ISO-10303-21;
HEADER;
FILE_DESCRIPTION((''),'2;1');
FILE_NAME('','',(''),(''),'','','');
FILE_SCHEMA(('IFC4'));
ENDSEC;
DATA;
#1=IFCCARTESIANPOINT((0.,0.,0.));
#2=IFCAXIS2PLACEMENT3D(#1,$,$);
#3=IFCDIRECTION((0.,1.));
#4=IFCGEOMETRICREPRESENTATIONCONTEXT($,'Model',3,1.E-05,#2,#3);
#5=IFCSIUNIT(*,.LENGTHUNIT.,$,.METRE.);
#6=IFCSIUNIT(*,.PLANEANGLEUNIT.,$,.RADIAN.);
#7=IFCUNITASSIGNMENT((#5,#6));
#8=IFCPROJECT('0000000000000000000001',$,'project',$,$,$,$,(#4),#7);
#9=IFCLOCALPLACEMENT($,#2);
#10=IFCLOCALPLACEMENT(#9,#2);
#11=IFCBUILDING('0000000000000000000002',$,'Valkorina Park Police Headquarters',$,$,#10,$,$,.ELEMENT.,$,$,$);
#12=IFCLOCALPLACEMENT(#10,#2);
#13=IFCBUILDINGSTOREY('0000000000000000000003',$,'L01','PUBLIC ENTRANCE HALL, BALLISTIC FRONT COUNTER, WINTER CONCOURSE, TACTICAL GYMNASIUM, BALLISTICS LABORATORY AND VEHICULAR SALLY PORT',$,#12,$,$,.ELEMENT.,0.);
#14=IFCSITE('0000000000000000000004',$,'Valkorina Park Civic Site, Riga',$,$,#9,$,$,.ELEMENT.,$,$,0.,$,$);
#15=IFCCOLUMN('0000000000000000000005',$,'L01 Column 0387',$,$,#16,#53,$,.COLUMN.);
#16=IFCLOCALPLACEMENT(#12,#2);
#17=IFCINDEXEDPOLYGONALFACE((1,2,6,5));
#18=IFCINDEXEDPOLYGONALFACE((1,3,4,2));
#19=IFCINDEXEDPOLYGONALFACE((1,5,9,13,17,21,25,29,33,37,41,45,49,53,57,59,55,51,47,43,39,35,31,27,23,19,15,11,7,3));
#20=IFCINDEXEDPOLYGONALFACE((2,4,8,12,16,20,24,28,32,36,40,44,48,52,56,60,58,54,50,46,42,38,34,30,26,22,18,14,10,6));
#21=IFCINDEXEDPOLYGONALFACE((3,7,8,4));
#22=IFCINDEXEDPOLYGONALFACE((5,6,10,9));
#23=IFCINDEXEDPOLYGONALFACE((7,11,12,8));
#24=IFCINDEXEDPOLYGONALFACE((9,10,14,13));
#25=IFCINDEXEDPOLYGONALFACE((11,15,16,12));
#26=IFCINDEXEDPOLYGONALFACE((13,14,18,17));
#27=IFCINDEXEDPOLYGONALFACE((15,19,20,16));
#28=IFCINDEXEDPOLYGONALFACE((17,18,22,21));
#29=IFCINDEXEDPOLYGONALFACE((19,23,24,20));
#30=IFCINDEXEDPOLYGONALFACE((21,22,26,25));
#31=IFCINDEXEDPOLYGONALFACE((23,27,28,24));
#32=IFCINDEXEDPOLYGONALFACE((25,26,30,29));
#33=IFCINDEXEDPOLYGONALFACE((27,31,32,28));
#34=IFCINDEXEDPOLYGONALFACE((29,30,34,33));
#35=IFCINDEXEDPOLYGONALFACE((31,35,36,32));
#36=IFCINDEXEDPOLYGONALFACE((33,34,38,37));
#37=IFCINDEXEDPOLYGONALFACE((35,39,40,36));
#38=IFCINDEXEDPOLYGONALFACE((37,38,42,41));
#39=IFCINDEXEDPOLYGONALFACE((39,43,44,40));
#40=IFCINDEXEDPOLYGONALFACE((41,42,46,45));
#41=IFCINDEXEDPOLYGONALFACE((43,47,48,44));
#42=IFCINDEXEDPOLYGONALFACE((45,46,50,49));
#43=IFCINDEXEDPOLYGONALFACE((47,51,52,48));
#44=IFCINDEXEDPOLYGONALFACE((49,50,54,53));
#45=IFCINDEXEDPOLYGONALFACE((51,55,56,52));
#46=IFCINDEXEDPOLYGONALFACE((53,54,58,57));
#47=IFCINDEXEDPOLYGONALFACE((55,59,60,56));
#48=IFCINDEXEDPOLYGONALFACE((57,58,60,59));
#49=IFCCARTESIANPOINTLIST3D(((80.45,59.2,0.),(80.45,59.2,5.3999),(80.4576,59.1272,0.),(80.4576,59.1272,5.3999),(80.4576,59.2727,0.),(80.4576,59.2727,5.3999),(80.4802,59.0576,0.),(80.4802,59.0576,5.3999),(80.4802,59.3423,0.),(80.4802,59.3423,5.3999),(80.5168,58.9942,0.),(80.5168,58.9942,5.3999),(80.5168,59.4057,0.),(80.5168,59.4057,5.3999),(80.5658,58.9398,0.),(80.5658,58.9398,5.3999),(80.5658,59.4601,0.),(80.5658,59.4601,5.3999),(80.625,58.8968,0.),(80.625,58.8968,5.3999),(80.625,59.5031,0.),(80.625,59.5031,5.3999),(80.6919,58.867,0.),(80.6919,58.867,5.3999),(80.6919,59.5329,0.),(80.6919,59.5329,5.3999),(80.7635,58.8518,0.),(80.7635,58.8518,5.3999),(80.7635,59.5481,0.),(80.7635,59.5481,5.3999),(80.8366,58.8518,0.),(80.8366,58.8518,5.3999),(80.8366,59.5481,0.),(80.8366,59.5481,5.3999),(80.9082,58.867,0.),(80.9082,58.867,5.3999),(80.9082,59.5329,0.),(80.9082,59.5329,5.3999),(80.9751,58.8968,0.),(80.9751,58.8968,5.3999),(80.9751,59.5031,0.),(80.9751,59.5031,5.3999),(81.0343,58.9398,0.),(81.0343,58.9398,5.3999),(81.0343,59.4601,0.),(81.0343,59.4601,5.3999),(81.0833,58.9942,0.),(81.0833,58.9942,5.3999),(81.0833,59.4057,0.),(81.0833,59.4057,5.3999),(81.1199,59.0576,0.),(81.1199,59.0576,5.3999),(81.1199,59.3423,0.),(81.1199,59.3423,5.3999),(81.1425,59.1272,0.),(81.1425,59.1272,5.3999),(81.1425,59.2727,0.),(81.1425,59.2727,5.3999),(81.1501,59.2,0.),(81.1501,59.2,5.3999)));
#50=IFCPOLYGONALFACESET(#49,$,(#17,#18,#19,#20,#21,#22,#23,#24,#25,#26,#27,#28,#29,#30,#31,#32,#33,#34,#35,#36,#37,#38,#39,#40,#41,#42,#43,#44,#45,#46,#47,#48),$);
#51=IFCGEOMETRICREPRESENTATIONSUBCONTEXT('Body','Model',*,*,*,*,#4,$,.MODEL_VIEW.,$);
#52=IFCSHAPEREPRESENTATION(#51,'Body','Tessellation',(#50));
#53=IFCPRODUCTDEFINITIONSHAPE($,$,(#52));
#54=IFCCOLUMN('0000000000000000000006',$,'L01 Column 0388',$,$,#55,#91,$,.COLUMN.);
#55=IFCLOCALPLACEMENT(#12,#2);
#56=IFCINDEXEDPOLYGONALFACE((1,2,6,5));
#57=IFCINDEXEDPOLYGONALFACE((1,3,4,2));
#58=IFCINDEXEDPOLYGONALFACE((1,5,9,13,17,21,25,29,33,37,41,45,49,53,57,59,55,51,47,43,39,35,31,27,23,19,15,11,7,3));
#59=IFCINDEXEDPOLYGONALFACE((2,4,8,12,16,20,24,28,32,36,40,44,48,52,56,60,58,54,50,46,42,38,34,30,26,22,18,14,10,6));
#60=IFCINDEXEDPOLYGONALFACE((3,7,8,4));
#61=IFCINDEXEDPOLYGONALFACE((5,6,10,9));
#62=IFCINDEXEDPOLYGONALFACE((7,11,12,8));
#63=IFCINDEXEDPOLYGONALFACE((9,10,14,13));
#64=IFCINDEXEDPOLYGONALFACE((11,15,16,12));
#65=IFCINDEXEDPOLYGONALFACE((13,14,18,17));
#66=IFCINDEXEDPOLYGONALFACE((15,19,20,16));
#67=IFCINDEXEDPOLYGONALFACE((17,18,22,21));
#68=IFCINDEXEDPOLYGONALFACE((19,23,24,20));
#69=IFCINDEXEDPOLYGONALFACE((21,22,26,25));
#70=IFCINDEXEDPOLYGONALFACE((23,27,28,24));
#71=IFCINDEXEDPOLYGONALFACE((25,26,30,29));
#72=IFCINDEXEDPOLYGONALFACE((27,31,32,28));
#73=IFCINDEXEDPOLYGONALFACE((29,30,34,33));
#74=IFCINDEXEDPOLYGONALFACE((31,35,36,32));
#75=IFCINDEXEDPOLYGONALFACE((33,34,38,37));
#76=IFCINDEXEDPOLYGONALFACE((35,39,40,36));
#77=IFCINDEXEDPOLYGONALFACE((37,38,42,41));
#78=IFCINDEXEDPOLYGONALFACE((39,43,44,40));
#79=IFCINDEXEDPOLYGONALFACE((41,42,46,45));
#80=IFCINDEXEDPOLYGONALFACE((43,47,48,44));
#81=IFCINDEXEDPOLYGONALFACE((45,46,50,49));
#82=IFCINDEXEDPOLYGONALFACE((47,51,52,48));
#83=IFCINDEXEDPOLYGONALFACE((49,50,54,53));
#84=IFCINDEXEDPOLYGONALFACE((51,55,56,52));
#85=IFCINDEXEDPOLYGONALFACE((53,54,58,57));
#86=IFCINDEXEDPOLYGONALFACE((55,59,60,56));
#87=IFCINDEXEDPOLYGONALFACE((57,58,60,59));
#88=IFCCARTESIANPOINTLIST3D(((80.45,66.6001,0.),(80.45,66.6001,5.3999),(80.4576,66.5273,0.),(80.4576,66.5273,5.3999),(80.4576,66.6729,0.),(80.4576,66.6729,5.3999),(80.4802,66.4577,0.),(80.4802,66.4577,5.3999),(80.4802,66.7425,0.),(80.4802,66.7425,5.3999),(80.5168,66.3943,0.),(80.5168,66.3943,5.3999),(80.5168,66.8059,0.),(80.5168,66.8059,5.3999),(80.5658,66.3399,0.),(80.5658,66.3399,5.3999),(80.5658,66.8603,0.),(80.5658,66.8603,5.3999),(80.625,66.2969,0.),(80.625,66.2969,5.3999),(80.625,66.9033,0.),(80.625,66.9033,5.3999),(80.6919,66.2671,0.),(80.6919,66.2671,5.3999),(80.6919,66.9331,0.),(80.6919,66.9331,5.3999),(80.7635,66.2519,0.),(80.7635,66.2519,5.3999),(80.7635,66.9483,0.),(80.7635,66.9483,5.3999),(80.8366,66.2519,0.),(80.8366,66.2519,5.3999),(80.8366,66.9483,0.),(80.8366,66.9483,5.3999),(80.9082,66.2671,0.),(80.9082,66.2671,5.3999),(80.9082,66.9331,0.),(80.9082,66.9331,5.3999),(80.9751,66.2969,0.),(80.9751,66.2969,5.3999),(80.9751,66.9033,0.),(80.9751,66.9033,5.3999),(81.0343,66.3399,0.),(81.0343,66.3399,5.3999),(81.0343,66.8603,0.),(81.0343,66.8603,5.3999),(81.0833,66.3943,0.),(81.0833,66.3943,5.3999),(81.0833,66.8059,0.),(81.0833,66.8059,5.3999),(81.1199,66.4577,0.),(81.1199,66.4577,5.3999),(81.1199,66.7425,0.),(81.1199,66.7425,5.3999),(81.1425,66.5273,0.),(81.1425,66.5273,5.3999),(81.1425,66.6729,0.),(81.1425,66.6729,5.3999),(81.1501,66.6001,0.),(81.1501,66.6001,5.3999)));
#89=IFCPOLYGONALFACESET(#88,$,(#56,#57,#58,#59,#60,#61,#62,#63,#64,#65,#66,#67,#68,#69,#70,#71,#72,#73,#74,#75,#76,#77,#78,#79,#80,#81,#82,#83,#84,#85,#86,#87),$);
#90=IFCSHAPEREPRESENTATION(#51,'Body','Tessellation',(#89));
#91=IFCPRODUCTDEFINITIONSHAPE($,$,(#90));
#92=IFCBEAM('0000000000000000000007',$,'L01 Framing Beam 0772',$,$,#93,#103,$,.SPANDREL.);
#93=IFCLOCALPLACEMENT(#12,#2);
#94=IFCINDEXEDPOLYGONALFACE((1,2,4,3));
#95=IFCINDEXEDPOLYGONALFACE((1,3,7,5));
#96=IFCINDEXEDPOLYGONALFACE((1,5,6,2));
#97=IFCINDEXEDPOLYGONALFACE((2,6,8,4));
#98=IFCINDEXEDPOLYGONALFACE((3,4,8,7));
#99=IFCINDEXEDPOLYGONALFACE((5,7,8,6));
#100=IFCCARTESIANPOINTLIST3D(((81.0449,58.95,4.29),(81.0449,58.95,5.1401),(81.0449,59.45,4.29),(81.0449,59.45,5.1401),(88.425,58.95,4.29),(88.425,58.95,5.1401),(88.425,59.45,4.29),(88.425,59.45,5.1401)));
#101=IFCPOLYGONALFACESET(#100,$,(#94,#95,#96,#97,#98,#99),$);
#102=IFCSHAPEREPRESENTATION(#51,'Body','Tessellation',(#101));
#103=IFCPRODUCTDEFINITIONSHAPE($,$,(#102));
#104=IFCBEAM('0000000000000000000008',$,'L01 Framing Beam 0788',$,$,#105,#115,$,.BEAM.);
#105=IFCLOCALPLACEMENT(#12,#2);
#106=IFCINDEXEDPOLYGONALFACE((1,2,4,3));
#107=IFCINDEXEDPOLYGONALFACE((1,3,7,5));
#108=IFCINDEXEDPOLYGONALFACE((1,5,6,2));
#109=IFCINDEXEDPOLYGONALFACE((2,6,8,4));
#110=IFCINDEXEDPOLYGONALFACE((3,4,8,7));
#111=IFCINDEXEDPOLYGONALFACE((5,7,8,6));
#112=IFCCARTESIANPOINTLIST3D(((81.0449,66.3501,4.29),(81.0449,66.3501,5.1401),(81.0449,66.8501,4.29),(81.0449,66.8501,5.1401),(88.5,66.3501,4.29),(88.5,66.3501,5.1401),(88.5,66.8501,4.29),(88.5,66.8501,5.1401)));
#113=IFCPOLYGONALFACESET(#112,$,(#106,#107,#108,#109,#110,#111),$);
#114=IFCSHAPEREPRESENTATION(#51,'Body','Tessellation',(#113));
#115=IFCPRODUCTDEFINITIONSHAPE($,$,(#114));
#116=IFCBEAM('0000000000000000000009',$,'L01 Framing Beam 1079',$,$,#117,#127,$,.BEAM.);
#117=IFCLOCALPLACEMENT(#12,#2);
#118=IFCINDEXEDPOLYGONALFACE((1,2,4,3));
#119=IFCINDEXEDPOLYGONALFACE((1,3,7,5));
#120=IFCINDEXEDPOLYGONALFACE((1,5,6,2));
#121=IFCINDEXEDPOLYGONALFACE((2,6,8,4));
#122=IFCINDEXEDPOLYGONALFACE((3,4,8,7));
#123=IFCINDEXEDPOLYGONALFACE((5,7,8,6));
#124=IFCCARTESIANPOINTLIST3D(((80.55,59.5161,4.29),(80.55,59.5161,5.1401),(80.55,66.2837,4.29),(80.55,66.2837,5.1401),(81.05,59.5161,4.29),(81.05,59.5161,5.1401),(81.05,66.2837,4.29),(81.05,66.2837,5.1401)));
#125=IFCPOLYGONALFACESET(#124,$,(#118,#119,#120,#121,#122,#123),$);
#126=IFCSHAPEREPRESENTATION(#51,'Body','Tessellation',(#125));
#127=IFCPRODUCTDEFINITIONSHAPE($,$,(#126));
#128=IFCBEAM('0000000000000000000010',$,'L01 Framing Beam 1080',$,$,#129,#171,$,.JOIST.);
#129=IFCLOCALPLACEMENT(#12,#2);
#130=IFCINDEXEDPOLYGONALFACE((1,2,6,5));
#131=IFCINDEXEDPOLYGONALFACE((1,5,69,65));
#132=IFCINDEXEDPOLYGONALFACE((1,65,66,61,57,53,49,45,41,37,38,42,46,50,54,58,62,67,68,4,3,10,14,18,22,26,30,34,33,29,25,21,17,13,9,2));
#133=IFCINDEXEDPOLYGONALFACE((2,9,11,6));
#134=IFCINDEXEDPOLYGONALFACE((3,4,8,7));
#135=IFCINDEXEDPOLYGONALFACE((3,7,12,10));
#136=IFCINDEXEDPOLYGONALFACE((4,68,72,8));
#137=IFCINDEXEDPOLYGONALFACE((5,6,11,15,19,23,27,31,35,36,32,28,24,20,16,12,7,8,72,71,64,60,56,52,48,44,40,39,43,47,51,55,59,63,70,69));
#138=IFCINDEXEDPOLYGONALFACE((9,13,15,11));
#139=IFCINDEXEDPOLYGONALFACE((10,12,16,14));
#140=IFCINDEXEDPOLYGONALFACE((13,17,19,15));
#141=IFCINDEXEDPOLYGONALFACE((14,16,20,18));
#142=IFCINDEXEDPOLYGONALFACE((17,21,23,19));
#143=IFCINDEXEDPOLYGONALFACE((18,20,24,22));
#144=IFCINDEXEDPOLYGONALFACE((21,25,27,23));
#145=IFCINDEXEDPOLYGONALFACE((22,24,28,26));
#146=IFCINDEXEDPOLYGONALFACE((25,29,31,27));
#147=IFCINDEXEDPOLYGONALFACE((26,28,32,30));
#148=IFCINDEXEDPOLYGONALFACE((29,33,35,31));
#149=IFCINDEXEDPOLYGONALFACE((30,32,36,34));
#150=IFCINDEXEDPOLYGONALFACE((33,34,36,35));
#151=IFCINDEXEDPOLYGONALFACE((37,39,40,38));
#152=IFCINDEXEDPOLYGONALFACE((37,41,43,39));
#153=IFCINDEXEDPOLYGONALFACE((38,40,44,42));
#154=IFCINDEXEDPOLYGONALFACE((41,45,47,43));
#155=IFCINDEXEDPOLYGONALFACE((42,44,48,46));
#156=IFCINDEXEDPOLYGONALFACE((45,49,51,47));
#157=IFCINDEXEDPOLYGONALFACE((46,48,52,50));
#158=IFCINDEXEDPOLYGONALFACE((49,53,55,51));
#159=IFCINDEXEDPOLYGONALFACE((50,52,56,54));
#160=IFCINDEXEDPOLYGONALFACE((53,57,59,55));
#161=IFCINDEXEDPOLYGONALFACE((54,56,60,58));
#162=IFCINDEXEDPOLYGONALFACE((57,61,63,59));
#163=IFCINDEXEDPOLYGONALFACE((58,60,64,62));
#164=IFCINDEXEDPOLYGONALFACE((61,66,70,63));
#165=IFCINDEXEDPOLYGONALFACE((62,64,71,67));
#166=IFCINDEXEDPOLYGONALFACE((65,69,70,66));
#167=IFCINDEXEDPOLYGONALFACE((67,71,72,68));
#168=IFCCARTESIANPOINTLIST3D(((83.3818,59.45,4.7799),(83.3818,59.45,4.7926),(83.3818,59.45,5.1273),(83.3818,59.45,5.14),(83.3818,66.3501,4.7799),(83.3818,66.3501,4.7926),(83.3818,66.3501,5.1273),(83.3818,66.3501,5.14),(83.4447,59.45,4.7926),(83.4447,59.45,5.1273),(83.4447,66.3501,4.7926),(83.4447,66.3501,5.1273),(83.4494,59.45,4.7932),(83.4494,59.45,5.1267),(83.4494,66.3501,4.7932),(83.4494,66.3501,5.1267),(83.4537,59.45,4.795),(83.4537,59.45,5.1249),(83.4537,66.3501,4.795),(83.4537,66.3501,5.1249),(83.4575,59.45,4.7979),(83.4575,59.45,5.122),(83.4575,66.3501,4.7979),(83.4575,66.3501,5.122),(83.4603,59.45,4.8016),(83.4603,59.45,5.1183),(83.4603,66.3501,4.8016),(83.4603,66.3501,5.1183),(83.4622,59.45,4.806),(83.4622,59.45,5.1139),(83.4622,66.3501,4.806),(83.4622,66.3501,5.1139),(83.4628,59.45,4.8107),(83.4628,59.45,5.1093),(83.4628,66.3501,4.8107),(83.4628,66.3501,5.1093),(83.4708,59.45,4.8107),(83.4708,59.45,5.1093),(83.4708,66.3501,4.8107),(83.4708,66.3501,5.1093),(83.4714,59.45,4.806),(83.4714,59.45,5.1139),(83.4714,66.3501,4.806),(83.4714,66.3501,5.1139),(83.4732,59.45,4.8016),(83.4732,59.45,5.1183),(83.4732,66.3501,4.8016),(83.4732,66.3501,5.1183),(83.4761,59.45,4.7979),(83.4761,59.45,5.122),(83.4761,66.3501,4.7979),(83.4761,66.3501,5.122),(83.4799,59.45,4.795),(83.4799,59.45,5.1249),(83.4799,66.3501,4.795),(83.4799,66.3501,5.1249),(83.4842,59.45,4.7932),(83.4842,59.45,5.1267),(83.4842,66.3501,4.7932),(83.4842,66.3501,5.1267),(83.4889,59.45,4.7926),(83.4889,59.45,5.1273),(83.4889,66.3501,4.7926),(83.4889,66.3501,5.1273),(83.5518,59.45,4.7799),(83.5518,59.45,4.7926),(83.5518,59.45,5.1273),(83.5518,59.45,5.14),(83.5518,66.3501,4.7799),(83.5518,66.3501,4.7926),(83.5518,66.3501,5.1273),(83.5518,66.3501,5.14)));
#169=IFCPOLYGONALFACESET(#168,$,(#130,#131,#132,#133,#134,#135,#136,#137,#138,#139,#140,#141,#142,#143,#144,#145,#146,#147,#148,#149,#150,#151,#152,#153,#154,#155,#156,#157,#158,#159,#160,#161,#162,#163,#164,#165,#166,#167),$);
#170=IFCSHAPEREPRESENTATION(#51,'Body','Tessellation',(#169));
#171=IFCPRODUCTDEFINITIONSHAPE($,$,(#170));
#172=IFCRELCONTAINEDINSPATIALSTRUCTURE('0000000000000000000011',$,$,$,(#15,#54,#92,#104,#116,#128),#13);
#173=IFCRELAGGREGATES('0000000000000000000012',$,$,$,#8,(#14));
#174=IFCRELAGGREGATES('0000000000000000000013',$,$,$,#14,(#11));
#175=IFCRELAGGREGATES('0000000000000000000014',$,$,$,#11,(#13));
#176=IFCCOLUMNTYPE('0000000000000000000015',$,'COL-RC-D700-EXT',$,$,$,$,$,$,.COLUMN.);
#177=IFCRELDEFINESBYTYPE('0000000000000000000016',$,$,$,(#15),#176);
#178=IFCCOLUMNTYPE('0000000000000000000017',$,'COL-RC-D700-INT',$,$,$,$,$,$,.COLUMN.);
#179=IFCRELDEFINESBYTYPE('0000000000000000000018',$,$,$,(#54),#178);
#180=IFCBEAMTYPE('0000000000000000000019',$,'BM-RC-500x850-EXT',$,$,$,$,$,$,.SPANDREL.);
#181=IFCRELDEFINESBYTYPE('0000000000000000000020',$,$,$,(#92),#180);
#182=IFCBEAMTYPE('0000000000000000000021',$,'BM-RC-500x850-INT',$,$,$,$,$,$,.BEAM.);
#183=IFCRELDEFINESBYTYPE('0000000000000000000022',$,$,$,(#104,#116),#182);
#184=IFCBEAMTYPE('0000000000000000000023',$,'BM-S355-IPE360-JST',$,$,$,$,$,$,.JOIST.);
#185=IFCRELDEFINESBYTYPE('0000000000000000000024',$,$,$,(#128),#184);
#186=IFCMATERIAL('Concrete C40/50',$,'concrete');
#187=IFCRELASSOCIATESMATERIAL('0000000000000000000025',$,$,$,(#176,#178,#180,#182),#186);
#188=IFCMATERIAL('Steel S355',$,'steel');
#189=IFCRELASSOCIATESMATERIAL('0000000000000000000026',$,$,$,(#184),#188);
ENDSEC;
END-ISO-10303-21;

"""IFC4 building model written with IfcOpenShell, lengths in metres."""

from ifc_helpers import new_model, si_unit, direction, frame, origin, origin_2d, place, context, subcontext, project, spatial, rectangle, circle, i_section, extrude, material, material_profile, profile_set, type_object, element, save


model = new_model("IFC4")

# Units and contexts
model_context = context("Model", 3, precision=1e-05, world=origin(), true_north=direction((0.0, 1.0)))
body_context = subcontext(model_context, "Body", "Model", "MODEL_VIEW")
ifc_project = project(units=[si_unit("LENGTHUNIT", "METRE"), si_unit("PLANEANGLEUNIT", "RADIAN")], contexts=[model_context])

# Site, building, storey
site_placement = place(None, origin())
site = spatial("IfcSite", under=ifc_project, at=site_placement, Name="Valkorina Park Civic Site, Riga", CompositionType="ELEMENT", RefElevation=0.0)
building_placement = place(site_placement, origin())
building = spatial("IfcBuilding", under=site, at=building_placement, Name="Valkorina Park Police Headquarters", CompositionType="ELEMENT")
storey_placement = place(building_placement, origin())
storey = spatial("IfcBuildingStorey", under=building, at=storey_placement, Name="L01", Description="PUBLIC ENTRANCE HALL, BALLISTIC FRONT COUNTER, WINTER CONCOURSE, TACTICAL GYMNASIUM, BALLISTICS LABORATORY AND VEHICULAR SALLY PORT", CompositionType="ELEMENT", Elevation=0.0)

# Columns
ifc_material_1 = material(Name="Concrete C40/50", Category="concrete")
ifc_material_profile_1 = material_profile(ifc_material_1, circle(Radius=0.3501, at=origin_2d()), Name="RC COL D700")
ifc_profile_set_1 = profile_set([ifc_material_profile_1], Name="Concrete C40/50")
column_type_1 = type_object("IfcColumnType", Name="COL-RC-D700-EXT", PredefinedType="COLUMN", material=ifc_profile_set_1)
column_1_placement = place(storey_placement, frame((80.8, 59.2, 0.0), z_axis=(0.0, 0.0, 1.0), x_axis=(1.0, 0.0, 0.0)))
element("IfcColumn", 1, at=column_1_placement, inside=storey, type_object=column_type_1, Name="L01 Column 0387", PredefinedType="COLUMN", context=body_context, shape_type="SweptSolid", body=[
    extrude(circle(Radius=0.3501, at=origin_2d()), origin(), (0.0, 0.0, 1.0), 5.3999),
])
ifc_material_profile_2 = material_profile(ifc_material_1, circle(Radius=0.3501, at=origin_2d()), Name="RC COL D700")
ifc_profile_set_2 = profile_set([ifc_material_profile_2], Name="Concrete C40/50")
column_type_2 = type_object("IfcColumnType", Name="COL-RC-D700-INT", PredefinedType="COLUMN", material=ifc_profile_set_2)
column_2_placement = place(storey_placement, frame((80.8, 66.6001, 0.0), z_axis=(0.0, 0.0, 1.0), x_axis=(1.0, 0.0, 0.0)))
element("IfcColumn", 2, at=column_2_placement, inside=storey, type_object=column_type_2, Name="L01 Column 0388", PredefinedType="COLUMN", context=body_context, shape_type="SweptSolid", body=[
    extrude(circle(Radius=0.3501, at=origin_2d()), origin(), (0.0, 0.0, 1.0), 5.3999),
])

# Beams
ifc_material_profile_3 = material_profile(ifc_material_1, rectangle(XDim=0.5, YDim=0.8501, at=origin_2d()), Name="RC BEAM 500x850")
ifc_profile_set_3 = profile_set([ifc_material_profile_3], Name="Concrete C40/50")
beam_type_1 = type_object("IfcBeamType", Name="BM-RC-500x850-EXT", PredefinedType="SPANDREL", material=ifc_profile_set_3)
beam_1_placement = place(storey_placement, frame((81.0449, 59.2, 4.7151), z_axis=(1.0, 0.0, 0.0), x_axis=(0.0, 1.0, 0.0)))
element("IfcBeam", 3, at=beam_1_placement, inside=storey, type_object=beam_type_1, Name="L01 Framing Beam 0772", PredefinedType="SPANDREL", context=body_context, shape_type="SweptSolid", body=[
    extrude(rectangle(XDim=0.5, YDim=0.8501, at=origin_2d()), origin(), (0.0, 0.0, 1.0), 7.3801),
])
ifc_material_profile_4 = material_profile(ifc_material_1, rectangle(XDim=0.5, YDim=0.8501, at=origin_2d()), Name="RC BEAM 500x850")
ifc_profile_set_4 = profile_set([ifc_material_profile_4], Name="Concrete C40/50")
beam_type_2 = type_object("IfcBeamType", Name="BM-RC-500x850-INT", PredefinedType="BEAM", material=ifc_profile_set_4)
beam_2_placement = place(storey_placement, frame((81.0449, 66.6001, 4.7151), z_axis=(1.0, 0.0, 0.0), x_axis=(0.0, 1.0, 0.0)))
element("IfcBeam", 4, at=beam_2_placement, inside=storey, type_object=beam_type_2, Name="L01 Framing Beam 0788", PredefinedType="BEAM", context=body_context, shape_type="SweptSolid", body=[
    extrude(rectangle(XDim=0.5, YDim=0.8501, at=origin_2d()), origin(), (0.0, 0.0, 1.0), 7.4551),
])
beam_3_placement = place(storey_placement, frame((80.8, 59.5161, 4.7151), z_axis=(0.0, 1.0, 0.0), x_axis=(-1.0, 0.0, 0.0)))
element("IfcBeam", 5, at=beam_3_placement, inside=storey, type_object=beam_type_2, Name="L01 Framing Beam 1079", PredefinedType="BEAM", context=body_context, shape_type="SweptSolid", body=[
    extrude(rectangle(XDim=0.5, YDim=0.8501, at=origin_2d()), origin(), (0.0, 0.0, 1.0), 6.7676),
])
ifc_material_2 = material(Name="Steel S355", Category="steel")
ifc_material_profile_5 = material_profile(ifc_material_2, i_section(OverallWidth=0.1699, OverallDepth=0.3601, WebThickness=0.0081, FlangeThickness=0.0127, FilletRadius=0.0181, at=origin_2d()), Name="IPE 360")
ifc_profile_set_5 = profile_set([ifc_material_profile_5], Name="Steel S355")
beam_type_3 = type_object("IfcBeamType", Name="BM-S355-IPE360-JST", PredefinedType="JOIST", material=ifc_profile_set_5)
for number, where, z_axis, x_axis, name in (
    (6, (83.4668, 59.45, 4.96), (0.0, 1.0, 0.0), (-1.0, 0.0, 0.0), "L01 Framing Beam 1080"),
):
    element("IfcBeam", number, at=place(storey_placement, frame(where, z_axis=z_axis, x_axis=x_axis)), inside=storey, type_object=beam_type_3, Name=name, PredefinedType="JOIST", context=body_context, shape_type="SweptSolid", body=[
        extrude(i_section(OverallWidth=0.1699, OverallDepth=0.3601, WebThickness=0.0081, FlangeThickness=0.0127, FilletRadius=0.0181, at=origin_2d()), origin(), (0.0, 0.0, 1.0), 6.9001),
    ])

save(model, "model.ifc")
